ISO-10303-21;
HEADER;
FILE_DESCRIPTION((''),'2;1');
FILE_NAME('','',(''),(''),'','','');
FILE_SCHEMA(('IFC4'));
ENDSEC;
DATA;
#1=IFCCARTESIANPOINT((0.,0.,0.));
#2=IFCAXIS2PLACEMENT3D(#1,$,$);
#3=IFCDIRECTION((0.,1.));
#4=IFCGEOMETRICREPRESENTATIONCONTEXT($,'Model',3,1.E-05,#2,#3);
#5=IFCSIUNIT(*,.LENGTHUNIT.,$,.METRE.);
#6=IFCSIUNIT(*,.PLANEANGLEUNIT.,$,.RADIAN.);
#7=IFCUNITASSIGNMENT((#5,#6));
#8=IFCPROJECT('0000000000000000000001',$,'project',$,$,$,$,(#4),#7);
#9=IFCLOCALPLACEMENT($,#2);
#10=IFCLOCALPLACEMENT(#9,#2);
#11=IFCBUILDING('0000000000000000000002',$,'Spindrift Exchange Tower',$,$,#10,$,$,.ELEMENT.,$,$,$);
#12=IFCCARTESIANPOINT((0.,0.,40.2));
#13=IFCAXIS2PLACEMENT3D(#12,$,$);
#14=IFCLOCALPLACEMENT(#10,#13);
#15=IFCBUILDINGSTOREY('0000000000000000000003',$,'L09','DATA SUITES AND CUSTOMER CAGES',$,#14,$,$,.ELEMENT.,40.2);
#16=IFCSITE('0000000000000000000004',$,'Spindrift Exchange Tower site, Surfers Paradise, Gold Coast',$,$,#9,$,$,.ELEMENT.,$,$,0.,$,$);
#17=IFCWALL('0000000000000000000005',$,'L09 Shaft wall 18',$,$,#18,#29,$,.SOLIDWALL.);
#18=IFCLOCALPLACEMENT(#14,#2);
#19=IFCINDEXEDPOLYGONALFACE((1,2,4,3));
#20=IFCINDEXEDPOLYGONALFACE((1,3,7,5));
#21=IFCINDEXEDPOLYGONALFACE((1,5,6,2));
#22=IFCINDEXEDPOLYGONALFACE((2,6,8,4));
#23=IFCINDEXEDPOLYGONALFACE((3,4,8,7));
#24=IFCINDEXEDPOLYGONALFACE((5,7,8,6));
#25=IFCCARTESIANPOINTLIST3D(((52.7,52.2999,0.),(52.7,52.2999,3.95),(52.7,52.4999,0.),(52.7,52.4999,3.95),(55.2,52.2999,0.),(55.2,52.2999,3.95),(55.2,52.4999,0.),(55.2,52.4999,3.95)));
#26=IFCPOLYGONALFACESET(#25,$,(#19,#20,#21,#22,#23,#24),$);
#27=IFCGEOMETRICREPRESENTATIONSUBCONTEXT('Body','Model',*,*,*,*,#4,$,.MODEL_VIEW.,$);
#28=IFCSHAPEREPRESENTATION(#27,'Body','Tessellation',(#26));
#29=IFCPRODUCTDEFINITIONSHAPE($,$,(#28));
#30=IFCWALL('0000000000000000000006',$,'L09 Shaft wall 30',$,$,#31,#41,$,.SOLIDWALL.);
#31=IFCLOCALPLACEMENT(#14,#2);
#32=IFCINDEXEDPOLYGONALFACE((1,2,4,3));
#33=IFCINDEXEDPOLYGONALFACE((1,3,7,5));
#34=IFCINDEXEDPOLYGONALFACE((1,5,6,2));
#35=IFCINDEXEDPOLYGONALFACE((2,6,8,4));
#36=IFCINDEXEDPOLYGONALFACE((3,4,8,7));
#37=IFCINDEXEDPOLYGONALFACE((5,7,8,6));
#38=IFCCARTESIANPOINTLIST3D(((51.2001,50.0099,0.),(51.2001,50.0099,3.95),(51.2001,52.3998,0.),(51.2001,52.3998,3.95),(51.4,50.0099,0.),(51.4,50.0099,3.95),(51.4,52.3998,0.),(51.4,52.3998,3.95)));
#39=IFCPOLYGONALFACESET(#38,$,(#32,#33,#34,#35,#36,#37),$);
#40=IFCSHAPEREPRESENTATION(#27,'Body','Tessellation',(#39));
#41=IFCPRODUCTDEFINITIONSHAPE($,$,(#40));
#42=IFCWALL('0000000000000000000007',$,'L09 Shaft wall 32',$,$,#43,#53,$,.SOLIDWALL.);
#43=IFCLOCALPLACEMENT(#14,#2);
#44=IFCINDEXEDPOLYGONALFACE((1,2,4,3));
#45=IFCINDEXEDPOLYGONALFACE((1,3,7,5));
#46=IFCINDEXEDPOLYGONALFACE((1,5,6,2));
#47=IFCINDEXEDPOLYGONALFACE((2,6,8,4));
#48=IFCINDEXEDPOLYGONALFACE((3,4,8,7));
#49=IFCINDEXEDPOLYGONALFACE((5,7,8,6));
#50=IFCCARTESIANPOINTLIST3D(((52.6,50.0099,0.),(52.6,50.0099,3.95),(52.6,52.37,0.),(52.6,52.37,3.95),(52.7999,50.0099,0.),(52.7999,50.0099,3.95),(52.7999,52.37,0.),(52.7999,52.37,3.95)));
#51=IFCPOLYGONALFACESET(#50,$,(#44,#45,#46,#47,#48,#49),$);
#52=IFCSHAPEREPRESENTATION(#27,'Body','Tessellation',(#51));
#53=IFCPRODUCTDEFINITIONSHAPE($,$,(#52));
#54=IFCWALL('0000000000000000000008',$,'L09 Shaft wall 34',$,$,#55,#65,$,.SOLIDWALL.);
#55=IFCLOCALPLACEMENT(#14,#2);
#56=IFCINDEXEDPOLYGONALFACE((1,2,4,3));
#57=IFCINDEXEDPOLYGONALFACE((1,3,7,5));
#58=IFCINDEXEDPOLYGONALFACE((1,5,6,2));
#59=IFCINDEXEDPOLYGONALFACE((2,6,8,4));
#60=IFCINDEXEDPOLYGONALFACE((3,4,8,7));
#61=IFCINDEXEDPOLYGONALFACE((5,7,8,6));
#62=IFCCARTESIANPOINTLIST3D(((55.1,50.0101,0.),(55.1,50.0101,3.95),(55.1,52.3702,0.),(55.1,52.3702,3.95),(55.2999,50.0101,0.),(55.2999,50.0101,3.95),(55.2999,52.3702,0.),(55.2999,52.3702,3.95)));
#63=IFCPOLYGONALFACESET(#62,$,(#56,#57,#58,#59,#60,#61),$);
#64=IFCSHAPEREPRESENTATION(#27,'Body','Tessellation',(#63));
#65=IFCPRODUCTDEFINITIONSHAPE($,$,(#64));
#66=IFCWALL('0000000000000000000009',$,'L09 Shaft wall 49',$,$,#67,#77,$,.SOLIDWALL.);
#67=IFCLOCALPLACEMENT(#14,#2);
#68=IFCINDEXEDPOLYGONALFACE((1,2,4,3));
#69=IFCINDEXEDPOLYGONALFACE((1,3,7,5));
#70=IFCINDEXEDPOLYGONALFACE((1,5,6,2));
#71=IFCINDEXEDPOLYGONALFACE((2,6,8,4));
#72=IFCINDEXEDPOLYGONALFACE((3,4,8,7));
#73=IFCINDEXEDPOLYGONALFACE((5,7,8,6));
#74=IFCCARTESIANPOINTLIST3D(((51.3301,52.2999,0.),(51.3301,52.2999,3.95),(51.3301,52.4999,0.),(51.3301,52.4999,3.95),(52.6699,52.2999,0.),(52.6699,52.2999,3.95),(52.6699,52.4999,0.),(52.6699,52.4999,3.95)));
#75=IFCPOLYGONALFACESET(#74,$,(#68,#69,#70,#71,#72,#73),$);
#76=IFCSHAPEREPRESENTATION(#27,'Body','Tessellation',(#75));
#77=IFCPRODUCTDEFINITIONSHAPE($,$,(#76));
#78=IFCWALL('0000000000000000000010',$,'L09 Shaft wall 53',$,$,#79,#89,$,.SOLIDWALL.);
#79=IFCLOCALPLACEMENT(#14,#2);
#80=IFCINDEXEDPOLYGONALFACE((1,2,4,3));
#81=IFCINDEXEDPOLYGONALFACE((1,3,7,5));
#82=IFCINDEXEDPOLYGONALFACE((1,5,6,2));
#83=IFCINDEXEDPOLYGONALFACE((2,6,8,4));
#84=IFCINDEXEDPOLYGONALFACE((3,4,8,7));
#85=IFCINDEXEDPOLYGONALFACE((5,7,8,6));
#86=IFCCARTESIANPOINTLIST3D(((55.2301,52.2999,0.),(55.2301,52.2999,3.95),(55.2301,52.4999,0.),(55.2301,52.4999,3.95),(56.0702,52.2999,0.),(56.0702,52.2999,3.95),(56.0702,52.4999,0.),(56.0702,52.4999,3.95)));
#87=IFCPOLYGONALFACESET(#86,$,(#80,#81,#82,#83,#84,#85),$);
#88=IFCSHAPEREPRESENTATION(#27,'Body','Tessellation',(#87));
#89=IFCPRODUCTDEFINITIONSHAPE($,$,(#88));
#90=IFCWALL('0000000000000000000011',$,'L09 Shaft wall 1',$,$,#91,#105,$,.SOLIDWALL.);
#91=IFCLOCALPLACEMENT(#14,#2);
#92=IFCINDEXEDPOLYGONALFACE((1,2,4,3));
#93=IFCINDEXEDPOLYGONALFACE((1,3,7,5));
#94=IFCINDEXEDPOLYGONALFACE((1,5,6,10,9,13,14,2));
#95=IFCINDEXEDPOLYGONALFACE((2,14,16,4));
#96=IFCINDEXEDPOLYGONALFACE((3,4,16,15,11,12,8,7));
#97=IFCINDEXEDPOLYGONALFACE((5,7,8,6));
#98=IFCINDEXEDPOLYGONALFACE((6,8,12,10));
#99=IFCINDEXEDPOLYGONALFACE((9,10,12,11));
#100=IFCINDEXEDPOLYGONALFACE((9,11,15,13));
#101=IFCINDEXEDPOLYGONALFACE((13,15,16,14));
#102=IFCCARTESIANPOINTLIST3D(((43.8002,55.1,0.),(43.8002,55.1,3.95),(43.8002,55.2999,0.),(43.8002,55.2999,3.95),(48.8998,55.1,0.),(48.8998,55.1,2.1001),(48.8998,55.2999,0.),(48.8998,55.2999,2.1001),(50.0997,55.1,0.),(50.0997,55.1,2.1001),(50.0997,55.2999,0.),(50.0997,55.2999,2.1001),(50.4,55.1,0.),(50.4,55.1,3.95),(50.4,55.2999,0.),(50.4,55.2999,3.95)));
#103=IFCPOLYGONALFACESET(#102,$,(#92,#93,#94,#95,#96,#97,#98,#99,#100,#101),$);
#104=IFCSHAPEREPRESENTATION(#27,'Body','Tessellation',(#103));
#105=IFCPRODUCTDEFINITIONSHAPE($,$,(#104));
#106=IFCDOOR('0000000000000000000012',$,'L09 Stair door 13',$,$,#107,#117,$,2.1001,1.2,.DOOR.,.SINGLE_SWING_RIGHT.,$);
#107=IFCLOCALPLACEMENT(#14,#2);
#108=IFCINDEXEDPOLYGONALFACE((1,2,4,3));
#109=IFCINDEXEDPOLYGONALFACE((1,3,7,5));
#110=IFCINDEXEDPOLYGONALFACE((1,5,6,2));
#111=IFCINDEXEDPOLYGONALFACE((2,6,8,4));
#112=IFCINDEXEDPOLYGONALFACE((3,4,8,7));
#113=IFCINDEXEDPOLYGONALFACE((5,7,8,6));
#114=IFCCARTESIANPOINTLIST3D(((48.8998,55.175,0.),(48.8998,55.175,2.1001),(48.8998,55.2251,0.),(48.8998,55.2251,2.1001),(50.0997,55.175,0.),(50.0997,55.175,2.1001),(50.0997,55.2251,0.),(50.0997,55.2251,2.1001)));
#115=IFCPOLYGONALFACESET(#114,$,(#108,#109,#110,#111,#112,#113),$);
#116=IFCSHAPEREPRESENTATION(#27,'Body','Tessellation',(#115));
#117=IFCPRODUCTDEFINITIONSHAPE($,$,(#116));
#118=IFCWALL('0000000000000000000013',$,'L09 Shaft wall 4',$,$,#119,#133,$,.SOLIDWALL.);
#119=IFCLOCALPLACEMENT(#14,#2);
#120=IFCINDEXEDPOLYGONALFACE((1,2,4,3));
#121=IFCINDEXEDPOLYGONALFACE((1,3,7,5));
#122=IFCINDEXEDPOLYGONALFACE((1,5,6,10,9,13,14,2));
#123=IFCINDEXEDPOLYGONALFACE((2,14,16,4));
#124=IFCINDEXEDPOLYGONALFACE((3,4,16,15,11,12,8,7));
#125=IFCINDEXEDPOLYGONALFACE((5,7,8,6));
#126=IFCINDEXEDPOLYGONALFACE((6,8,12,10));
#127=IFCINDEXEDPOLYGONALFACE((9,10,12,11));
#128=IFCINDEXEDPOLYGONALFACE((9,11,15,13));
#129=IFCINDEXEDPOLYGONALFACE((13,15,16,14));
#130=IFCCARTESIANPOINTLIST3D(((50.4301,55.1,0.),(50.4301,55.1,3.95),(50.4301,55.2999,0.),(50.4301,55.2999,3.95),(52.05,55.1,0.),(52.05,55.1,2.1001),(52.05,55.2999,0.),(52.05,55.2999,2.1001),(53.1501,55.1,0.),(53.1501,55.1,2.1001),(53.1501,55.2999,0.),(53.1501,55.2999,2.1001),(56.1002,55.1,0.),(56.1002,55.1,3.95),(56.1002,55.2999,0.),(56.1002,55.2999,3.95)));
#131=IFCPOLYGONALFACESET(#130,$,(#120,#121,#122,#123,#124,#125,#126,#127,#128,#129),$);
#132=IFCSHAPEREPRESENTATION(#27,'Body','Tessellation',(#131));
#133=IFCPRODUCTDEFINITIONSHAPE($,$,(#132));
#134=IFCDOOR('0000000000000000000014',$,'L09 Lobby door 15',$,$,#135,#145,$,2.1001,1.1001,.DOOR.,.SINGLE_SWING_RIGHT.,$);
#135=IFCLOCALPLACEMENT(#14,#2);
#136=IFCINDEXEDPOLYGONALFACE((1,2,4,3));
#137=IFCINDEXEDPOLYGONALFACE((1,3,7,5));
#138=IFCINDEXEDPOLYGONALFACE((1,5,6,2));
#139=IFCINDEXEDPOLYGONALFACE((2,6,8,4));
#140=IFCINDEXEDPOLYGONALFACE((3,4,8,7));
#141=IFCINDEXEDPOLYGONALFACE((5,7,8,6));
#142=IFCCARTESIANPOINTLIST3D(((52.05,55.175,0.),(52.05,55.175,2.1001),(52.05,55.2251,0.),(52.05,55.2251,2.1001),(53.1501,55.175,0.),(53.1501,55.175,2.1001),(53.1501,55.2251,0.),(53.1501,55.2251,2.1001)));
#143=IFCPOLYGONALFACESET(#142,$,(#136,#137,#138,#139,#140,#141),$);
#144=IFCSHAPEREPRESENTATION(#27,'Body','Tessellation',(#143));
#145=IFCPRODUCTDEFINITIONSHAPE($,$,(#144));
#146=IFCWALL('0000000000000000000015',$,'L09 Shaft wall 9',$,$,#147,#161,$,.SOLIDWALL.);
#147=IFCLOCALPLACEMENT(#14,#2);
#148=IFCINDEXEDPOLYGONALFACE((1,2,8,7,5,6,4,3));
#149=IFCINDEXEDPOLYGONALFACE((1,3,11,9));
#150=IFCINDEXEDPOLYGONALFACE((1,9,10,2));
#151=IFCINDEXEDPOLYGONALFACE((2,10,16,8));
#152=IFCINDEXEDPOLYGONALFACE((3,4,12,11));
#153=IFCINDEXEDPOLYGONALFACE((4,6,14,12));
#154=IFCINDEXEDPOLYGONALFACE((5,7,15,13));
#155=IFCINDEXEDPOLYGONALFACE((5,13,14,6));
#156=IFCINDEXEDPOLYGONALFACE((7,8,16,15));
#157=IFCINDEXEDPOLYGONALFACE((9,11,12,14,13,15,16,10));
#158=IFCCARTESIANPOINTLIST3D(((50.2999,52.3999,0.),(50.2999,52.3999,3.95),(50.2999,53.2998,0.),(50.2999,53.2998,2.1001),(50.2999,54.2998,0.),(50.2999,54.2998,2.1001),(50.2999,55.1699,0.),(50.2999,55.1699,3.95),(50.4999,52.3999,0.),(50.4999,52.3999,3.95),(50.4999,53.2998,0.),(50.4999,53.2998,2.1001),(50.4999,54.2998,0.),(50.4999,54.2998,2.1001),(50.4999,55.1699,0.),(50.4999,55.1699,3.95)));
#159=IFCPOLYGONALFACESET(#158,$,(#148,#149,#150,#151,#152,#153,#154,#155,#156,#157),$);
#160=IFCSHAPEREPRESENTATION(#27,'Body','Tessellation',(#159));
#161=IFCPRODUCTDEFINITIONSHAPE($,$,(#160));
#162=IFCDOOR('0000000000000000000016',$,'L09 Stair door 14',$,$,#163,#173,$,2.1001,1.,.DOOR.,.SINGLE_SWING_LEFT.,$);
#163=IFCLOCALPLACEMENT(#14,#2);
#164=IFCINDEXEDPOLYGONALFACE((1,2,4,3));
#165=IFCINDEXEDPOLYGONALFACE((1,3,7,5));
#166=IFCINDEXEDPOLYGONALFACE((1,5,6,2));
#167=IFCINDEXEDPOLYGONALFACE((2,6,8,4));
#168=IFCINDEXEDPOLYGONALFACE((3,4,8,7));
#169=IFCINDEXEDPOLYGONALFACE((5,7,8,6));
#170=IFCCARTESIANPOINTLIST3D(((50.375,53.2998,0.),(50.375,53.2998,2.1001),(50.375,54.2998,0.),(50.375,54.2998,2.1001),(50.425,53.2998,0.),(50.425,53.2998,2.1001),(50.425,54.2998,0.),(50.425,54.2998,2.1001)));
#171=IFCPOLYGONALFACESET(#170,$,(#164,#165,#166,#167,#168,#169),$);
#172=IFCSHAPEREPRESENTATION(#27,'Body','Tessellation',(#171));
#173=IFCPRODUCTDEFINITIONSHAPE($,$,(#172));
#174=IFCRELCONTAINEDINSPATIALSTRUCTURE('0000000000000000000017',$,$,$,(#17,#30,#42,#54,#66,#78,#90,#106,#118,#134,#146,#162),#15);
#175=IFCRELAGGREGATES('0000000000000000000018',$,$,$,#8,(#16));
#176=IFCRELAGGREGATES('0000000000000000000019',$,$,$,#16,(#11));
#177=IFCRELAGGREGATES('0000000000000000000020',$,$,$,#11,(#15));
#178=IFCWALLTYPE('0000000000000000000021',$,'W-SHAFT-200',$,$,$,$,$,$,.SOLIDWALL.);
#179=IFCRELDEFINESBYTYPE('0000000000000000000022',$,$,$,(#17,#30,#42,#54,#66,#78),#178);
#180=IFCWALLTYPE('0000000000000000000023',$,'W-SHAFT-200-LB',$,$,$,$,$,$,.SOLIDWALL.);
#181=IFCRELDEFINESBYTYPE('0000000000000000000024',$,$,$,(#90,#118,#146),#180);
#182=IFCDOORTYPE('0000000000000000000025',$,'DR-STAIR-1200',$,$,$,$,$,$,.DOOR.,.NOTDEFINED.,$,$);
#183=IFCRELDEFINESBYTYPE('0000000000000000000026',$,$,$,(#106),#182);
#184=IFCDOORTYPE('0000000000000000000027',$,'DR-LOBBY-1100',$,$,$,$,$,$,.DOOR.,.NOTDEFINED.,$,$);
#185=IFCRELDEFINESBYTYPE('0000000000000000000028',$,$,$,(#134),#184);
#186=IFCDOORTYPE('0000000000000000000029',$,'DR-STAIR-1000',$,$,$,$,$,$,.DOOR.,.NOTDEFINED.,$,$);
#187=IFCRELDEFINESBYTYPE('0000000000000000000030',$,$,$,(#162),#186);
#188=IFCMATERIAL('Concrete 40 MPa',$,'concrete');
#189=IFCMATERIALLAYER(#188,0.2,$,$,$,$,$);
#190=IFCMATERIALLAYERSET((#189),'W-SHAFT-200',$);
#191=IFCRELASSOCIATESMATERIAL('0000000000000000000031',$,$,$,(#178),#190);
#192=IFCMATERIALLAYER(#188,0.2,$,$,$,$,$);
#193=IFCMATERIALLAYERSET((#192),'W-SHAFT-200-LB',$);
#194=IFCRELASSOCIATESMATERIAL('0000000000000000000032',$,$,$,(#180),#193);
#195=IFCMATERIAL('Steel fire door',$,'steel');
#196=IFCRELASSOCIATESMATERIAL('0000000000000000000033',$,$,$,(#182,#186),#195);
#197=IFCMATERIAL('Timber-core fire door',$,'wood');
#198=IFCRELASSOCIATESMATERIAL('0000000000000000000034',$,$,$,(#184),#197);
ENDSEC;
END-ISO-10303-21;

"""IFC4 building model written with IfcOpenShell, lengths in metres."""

from ifc_helpers import new_model, si_unit, direction, frame, frame_2d, origin, place, context, subcontext, project, spatial, rectangle, extrude, source, transform, mapped, material, layer, layer_set, type_object, element, fill, save


model = new_model("IFC4")

# Units and contexts
model_context = context("Model", 3, precision=1e-05, world=origin(), true_north=direction((0.0, 1.0)))
body_context = subcontext(model_context, "Body", "Model", "MODEL_VIEW")
ifc_project = project(units=[si_unit("LENGTHUNIT", "METRE"), si_unit("PLANEANGLEUNIT", "RADIAN")], contexts=[model_context])

# Site, building, storey
site_placement = place(None, origin())
site = spatial("IfcSite", under=ifc_project, at=site_placement, Name="Spindrift Exchange Tower site, Surfers Paradise, Gold Coast", CompositionType="ELEMENT", RefElevation=0.0)
building_placement = place(site_placement, origin())
building = spatial("IfcBuilding", under=site, at=building_placement, Name="Spindrift Exchange Tower", CompositionType="ELEMENT")
storey_placement = place(building_placement, frame((0.0, 0.0, 40.2)))
storey = spatial("IfcBuildingStorey", under=building, at=storey_placement, Name="L09", Description="DATA SUITES AND CUSTOMER CAGES", CompositionType="ELEMENT", Elevation=40.2)

# Shared definitions
ifc_material_1 = material(Name="Concrete 40 MPa", Category="concrete")
ifc_layer_1 = layer(ifc_material_1, 0.2)
ifc_layer_set_1 = layer_set([ifc_layer_1], Name="W-SHAFT-200")
wall_type_1 = type_object("IfcWallType", Name="W-SHAFT-200", PredefinedType="SOLIDWALL", material=ifc_layer_set_1)

# Walls
wall_1_placement = place(storey_placement, frame((55.2, 52.3999, 0.0), z_axis=(0.0, 0.0, 1.0), x_axis=(-1.0, 0.0, 0.0)))
element("IfcWall", 1, at=wall_1_placement, inside=storey, type_object=wall_type_1, Name="L09 Shaft wall 18", PredefinedType="SOLIDWALL", context=body_context, shape_type="SweptSolid", body=[
    extrude(rectangle(XDim=2.5, YDim=0.2, at=frame_2d((1.25, 0.0))), origin(), (0.0, 0.0, 1.0), 3.95),
])
wall_2_placement = place(storey_placement, frame((51.3, 50.01, 0.0), z_axis=(0.0, 0.0, 1.0), x_axis=(0.0, 1.0, 0.0)))
element("IfcWall", 2, at=wall_2_placement, inside=storey, type_object=wall_type_1, Name="L09 Shaft wall 30", PredefinedType="SOLIDWALL", context=body_context, shape_type="SweptSolid", body=[
    extrude(rectangle(XDim=2.3899, YDim=0.2, at=frame_2d((1.1948, 0.0))), origin(), (0.0, 0.0, 1.0), 3.95),
])
for number, where, z_axis, x_axis, name in (
    (3, (52.7, 52.3701, 0.0), (0.0, 0.0, 1.0), (0.0, -1.0, 0.0), "L09 Shaft wall 32"),
    (4, (55.2, 50.01, 0.0), (0.0, 0.0, 1.0), (0.0, 1.0, 0.0), "L09 Shaft wall 34"),
):
    element("IfcWall", number, at=place(storey_placement, frame(where, z_axis=z_axis, x_axis=x_axis)), inside=storey, type_object=wall_type_1, Name=name, PredefinedType="SOLIDWALL", context=body_context, shape_type="SweptSolid", body=[
        extrude(rectangle(XDim=2.3601, YDim=0.2, at=frame_2d((1.1802, 0.0))), origin(), (0.0, 0.0, 1.0), 3.95),
    ])
wall_3_placement = place(storey_placement, frame((51.3301, 52.3999, 0.0), z_axis=(0.0, 0.0, 1.0), x_axis=(1.0, 0.0, 0.0)))
element("IfcWall", 5, at=wall_3_placement, inside=storey, type_object=wall_type_1, Name="L09 Shaft wall 49", PredefinedType="SOLIDWALL", context=body_context, shape_type="SweptSolid", body=[
    extrude(rectangle(XDim=1.3398, YDim=0.2, at=frame_2d((0.6699, 0.0))), origin(), (0.0, 0.0, 1.0), 3.95),
])
wall_4_placement = place(storey_placement, frame((56.0701, 52.3999, 0.0), z_axis=(0.0, 0.0, 1.0), x_axis=(-1.0, 0.0, 0.0)))
element("IfcWall", 6, at=wall_4_placement, inside=storey, type_object=wall_type_1, Name="L09 Shaft wall 53", PredefinedType="SOLIDWALL", context=body_context, shape_type="SweptSolid", body=[
    extrude(rectangle(XDim=0.8401, YDim=0.2, at=frame_2d((0.4199, 0.0))), origin(), (0.0, 0.0, 1.0), 3.95),
])

# Walls, openings, doors
ifc_layer_2 = layer(ifc_material_1, 0.2)
ifc_layer_set_2 = layer_set([ifc_layer_2], Name="W-SHAFT-200-LB")
wall_type_2 = type_object("IfcWallType", Name="W-SHAFT-200-LB", PredefinedType="SOLIDWALL", material=ifc_layer_set_2)
wall_5_placement = place(storey_placement, frame((50.3999, 55.2, 0.0), z_axis=(0.0, 0.0, 1.0), x_axis=(-1.0, 0.0, 0.0)))
wall_5 = element("IfcWall", 7, at=wall_5_placement, inside=storey, type_object=wall_type_2, Name="L09 Shaft wall 1", PredefinedType="SOLIDWALL", context=body_context, shape_type="SweptSolid", body=[
    extrude(rectangle(XDim=6.5999, YDim=0.2, at=frame_2d((3.2998, 0.0))), origin(), (0.0, 0.0, 1.0), 3.95),
])
opening_1_placement = place(wall_5_placement, frame((0.3, 0.0, 0.0)))
opening_1 = element("IfcOpeningElement", 8, at=opening_1_placement, cuts=wall_5, PredefinedType="OPENING", context=body_context, shape_type="SweptSolid", body=[
    extrude(rectangle(XDim=1.2, YDim=2.1001, at=frame_2d((0.6001, 1.05))), frame((0.0, 0.1099, 0.0), z_axis=(0.0, -1.0, 0.0), x_axis=(1.0, 0.0, 0.0)), (0.0, 0.0, 1.0), 0.22),
])
ifc_material_2 = material(Name="Steel fire door", Category="steel")
door_type_1 = type_object("IfcDoorType", Name="DR-STAIR-1200", OperationType="NOTDEFINED", PredefinedType="DOOR", material=ifc_material_2)
shared_shape_1 = source(origin(), body_context, "Body", "SweptSolid", [
    extrude(rectangle(XDim=1.2, YDim=2.1001, at=frame_2d((0.6001, 1.05))), frame((0.0, 0.0249, 0.0), z_axis=(0.0, -1.0, 0.0), x_axis=(1.0, 0.0, 0.0)), (0.0, 0.0, 1.0), 0.05),
])
door_1_placement = place(opening_1_placement, origin())
door_1 = element("IfcDoor", 9, at=door_1_placement, inside=storey, type_object=door_type_1, Name="L09 Stair door 13", OperationType="SINGLE_SWING_RIGHT", OverallHeight=2.1001, OverallWidth=1.2, PredefinedType="DOOR", context=body_context, shape_type="MappedRepresentation", body=[
    mapped(shared_shape_1, transform((0.0, 0.0, 0.0), scale=1.0)),
])
fill(opening_1, door_1)
wall_6_placement = place(storey_placement, frame((56.1001, 55.2, 0.0), z_axis=(0.0, 0.0, 1.0), x_axis=(-1.0, 0.0, 0.0)))
wall_6 = element("IfcWall", 10, at=wall_6_placement, inside=storey, type_object=wall_type_2, Name="L09 Shaft wall 4", PredefinedType="SOLIDWALL", context=body_context, shape_type="SweptSolid", body=[
    extrude(rectangle(XDim=5.6702, YDim=0.2, at=frame_2d((2.835, 0.0))), origin(), (0.0, 0.0, 1.0), 3.95),
])
opening_2_placement = place(wall_6_placement, frame((2.95, 0.0, 0.0)))
opening_2 = element("IfcOpeningElement", 11, at=opening_2_placement, cuts=wall_6, PredefinedType="OPENING", context=body_context, shape_type="SweptSolid", body=[
    extrude(rectangle(XDim=1.1001, YDim=2.1001, at=frame_2d((0.55, 1.05))), frame((0.0, 0.1099, 0.0), z_axis=(0.0, -1.0, 0.0), x_axis=(1.0, 0.0, 0.0)), (0.0, 0.0, 1.0), 0.22),
])
ifc_material_3 = material(Name="Timber-core fire door", Category="wood")
door_type_2 = type_object("IfcDoorType", Name="DR-LOBBY-1100", OperationType="NOTDEFINED", PredefinedType="DOOR", material=ifc_material_3)
shared_shape_2 = source(origin(), body_context, "Body", "SweptSolid", [
    extrude(rectangle(XDim=1.1001, YDim=2.1001, at=frame_2d((0.55, 1.05))), frame((0.0, 0.0249, 0.0), z_axis=(0.0, -1.0, 0.0), x_axis=(1.0, 0.0, 0.0)), (0.0, 0.0, 1.0), 0.05),
])
door_2_placement = place(opening_2_placement, origin())
door_2 = element("IfcDoor", 12, at=door_2_placement, inside=storey, type_object=door_type_2, Name="L09 Lobby door 15", OperationType="SINGLE_SWING_RIGHT", OverallHeight=2.1001, OverallWidth=1.1001, PredefinedType="DOOR", context=body_context, shape_type="MappedRepresentation", body=[
    mapped(shared_shape_2, transform((0.0, 0.0, 0.0), scale=1.0)),
])
fill(opening_2, door_2)
wall_7_placement = place(storey_placement, frame((50.3999, 52.3999, 0.0), z_axis=(0.0, 0.0, 1.0), x_axis=(0.0, 1.0, 0.0)))
wall_7 = element("IfcWall", 13, at=wall_7_placement, inside=storey, type_object=wall_type_2, Name="L09 Shaft wall 9", PredefinedType="SOLIDWALL", context=body_context, shape_type="SweptSolid", body=[
    extrude(rectangle(XDim=2.77, YDim=0.2, at=frame_2d((1.385, 0.0))), origin(), (0.0, 0.0, 1.0), 3.95),
])
opening_3_placement = place(wall_7_placement, frame((0.8999, 0.0, 0.0)))
opening_3 = element("IfcOpeningElement", 14, at=opening_3_placement, cuts=wall_7, PredefinedType="OPENING", context=body_context, shape_type="SweptSolid", body=[
    extrude(rectangle(XDim=1.0, YDim=2.1001, at=frame_2d((0.5, 1.05))), frame((0.0, 0.1099, 0.0), z_axis=(0.0, -1.0, 0.0), x_axis=(1.0, 0.0, 0.0)), (0.0, 0.0, 1.0), 0.22),
])
door_type_3 = type_object("IfcDoorType", Name="DR-STAIR-1000", OperationType="NOTDEFINED", PredefinedType="DOOR", material=ifc_material_2)
shared_shape_3 = source(origin(), body_context, "Body", "SweptSolid", [
    extrude(rectangle(XDim=1.0, YDim=2.1001, at=frame_2d((0.5, 1.05))), frame((0.0, 0.0249, 0.0), z_axis=(0.0, -1.0, 0.0), x_axis=(1.0, 0.0, 0.0)), (0.0, 0.0, 1.0), 0.05),
])
door_3_placement = place(opening_3_placement, origin())
door_3 = element("IfcDoor", 15, at=door_3_placement, inside=storey, type_object=door_type_3, Name="L09 Stair door 14", OperationType="SINGLE_SWING_LEFT", OverallHeight=2.1001, OverallWidth=1.0, PredefinedType="DOOR", context=body_context, shape_type="MappedRepresentation", body=[
    mapped(shared_shape_3, transform((0.0, 0.0, 0.0), scale=1.0)),
])
fill(opening_3, door_3)

save(model, "model.ifc")
